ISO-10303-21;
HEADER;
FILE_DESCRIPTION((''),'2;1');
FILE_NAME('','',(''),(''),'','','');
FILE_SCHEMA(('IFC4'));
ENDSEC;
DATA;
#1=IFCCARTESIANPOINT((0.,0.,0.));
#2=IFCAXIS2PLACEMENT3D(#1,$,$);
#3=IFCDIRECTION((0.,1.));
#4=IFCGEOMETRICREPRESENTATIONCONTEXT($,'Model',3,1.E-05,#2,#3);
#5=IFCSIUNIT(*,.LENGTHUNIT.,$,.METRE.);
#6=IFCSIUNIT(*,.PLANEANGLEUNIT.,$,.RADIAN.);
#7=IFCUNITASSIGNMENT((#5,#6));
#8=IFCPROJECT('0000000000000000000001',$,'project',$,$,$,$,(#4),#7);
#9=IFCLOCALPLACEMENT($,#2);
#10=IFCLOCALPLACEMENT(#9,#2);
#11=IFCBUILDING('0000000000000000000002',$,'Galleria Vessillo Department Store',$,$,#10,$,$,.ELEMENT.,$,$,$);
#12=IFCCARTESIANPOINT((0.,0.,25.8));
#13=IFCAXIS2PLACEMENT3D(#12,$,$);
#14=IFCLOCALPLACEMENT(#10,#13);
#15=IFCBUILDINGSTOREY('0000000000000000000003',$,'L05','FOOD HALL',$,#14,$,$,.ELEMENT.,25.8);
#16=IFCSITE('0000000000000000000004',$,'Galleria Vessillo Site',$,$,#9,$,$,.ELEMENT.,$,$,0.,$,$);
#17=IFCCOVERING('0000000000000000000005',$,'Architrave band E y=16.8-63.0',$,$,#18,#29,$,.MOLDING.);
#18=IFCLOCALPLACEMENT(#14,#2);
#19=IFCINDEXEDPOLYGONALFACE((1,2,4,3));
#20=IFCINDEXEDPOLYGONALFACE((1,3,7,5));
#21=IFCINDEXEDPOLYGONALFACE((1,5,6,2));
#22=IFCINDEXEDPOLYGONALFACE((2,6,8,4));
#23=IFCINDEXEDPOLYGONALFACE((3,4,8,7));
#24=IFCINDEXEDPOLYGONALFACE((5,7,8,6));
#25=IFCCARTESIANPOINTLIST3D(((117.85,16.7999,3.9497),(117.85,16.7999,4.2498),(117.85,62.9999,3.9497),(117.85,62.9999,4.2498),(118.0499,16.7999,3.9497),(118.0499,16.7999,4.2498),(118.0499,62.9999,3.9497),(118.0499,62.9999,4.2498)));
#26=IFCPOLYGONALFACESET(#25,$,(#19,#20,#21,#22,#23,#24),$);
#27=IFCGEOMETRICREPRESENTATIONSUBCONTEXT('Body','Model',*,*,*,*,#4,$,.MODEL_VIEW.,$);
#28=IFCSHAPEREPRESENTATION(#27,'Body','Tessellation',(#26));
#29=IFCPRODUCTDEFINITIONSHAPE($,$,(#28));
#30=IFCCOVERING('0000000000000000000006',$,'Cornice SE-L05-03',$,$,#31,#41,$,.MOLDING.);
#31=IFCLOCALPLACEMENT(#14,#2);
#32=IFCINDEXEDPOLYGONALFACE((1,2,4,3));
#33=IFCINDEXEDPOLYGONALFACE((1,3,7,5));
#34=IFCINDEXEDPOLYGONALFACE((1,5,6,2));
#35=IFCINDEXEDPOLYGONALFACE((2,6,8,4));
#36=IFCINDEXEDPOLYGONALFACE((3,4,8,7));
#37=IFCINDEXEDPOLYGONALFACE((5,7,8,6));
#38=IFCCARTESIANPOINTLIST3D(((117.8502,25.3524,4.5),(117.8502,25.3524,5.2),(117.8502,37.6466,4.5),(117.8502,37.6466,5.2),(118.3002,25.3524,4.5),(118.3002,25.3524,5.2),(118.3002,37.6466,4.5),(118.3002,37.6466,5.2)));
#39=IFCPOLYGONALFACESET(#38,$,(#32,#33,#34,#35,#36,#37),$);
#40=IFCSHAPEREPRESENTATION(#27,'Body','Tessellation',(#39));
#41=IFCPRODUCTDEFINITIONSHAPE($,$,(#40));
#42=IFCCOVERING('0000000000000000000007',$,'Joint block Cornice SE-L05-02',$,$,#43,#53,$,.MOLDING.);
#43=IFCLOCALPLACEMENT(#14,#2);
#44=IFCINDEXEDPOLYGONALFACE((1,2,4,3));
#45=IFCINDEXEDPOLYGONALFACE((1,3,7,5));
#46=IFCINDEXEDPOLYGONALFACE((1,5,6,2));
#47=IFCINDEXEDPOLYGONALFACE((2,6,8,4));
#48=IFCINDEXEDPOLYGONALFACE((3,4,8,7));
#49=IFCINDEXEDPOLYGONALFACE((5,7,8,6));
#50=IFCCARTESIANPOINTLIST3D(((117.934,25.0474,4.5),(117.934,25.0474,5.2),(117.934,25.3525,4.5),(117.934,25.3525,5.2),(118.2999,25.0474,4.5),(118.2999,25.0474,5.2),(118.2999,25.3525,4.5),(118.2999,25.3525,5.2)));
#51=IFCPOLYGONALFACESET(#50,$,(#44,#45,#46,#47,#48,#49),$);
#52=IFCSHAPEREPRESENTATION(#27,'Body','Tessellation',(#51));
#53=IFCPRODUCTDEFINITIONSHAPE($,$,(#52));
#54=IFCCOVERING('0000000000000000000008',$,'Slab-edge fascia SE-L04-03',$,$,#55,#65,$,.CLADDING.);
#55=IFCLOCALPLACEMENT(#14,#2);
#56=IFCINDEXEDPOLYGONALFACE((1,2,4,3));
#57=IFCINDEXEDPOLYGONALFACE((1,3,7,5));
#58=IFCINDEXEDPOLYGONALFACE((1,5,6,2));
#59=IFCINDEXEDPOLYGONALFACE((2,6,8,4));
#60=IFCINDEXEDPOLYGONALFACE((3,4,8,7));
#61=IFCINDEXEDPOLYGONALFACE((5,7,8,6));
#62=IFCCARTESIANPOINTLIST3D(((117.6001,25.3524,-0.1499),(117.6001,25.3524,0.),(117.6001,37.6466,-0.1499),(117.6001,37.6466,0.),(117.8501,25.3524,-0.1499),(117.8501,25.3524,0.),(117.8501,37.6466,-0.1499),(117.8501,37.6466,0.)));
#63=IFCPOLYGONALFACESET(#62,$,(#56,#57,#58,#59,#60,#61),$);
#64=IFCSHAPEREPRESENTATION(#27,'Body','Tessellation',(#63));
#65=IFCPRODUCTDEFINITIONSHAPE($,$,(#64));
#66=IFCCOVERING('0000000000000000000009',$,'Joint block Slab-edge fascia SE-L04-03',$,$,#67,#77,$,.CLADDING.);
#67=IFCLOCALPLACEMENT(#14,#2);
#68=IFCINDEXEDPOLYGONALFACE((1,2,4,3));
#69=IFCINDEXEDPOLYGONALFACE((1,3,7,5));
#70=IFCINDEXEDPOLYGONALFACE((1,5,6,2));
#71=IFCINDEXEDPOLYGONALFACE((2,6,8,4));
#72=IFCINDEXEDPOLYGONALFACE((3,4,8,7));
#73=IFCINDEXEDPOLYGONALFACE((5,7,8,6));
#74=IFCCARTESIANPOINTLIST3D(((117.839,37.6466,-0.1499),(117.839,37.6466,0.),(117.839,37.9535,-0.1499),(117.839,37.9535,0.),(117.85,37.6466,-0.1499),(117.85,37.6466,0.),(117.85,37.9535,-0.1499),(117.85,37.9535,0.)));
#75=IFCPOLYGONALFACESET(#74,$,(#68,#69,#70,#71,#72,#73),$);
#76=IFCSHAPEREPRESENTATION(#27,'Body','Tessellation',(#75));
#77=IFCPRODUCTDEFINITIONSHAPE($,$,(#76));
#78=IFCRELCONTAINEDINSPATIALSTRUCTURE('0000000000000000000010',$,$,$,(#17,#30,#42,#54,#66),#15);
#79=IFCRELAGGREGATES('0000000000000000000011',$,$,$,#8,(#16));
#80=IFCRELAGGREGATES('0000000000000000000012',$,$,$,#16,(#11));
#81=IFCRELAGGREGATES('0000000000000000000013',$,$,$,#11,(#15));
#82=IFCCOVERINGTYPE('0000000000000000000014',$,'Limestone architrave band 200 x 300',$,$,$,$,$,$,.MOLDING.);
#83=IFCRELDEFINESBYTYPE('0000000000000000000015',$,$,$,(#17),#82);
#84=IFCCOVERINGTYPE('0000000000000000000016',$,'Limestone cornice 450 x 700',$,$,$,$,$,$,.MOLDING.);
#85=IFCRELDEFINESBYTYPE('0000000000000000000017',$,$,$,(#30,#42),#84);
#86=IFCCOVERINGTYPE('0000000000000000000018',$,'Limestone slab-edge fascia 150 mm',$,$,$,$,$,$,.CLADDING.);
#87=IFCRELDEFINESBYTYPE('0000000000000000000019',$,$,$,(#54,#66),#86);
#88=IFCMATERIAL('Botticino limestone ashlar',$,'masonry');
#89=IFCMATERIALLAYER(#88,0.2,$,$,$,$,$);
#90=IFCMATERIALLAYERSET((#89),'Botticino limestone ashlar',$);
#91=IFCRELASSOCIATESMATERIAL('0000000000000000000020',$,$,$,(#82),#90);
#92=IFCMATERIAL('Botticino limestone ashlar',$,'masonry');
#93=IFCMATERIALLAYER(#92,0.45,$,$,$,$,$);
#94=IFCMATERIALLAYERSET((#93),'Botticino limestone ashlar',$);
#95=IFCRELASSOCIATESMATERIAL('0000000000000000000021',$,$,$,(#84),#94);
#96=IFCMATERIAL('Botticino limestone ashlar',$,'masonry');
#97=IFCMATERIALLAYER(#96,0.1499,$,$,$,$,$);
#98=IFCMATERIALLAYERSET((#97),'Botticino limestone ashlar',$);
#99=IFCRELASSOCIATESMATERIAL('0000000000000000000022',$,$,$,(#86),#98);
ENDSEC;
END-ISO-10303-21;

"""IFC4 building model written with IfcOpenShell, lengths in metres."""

from ifc_helpers import new_model, si_unit, direction, frame, origin, origin_2d, place, context, subcontext, project, spatial, rectangle, extrude, material, layer, layer_set, type_object, element, save


model = new_model("IFC4")

# Units and contexts
model_context = context("Model", 3, precision=1e-05, world=origin(), true_north=direction((0.0, 1.0)))
body_context = subcontext(model_context, "Body", "Model", "MODEL_VIEW")
ifc_project = project(units=[si_unit("LENGTHUNIT", "METRE"), si_unit("PLANEANGLEUNIT", "RADIAN")], contexts=[model_context])

# Site, building, storey
site_placement = place(None, origin())
site = spatial("IfcSite", under=ifc_project, at=site_placement, Name="Galleria Vessillo Site", CompositionType="ELEMENT", RefElevation=0.0)
building_placement = place(site_placement, origin())
building = spatial("IfcBuilding", under=site, at=building_placement, Name="Galleria Vessillo Department Store", CompositionType="ELEMENT")
storey_placement = place(building_placement, frame((0.0, 0.0, 25.8)))
storey = spatial("IfcBuildingStorey", under=building, at=storey_placement, Name="L05", Description="FOOD HALL", CompositionType="ELEMENT", Elevation=25.8)

# Coverings
ifc_material_1 = material(Name="Botticino limestone ashlar", Category="masonry")
ifc_layer_1 = layer(ifc_material_1, 0.2)
ifc_layer_set_1 = layer_set([ifc_layer_1], Name="Botticino limestone ashlar")
covering_type_1 = type_object("IfcCoveringType", Name="Limestone architrave band 200 x 300", PredefinedType="MOLDING", material=ifc_layer_set_1)
covering_1_placement = place(storey_placement, frame((117.95, 39.8999, 3.9497), z_axis=(0.0, 0.0, 1.0), x_axis=(1.0, 0.0, 0.0)))
element("IfcCovering", 1, at=covering_1_placement, inside=storey, type_object=covering_type_1, Name="Architrave band E y=16.8-63.0", PredefinedType="MOLDING", context=body_context, shape_type="SweptSolid", body=[
    extrude(rectangle(XDim=0.2, YDim=46.2, at=origin_2d()), origin(), (0.0, 0.0, 1.0), 0.3),
])
ifc_material_2 = material(Name="Botticino limestone ashlar", Category="masonry")
ifc_layer_2 = layer(ifc_material_2, 0.45)
ifc_layer_set_2 = layer_set([ifc_layer_2], Name="Botticino limestone ashlar")
covering_type_2 = type_object("IfcCoveringType", Name="Limestone cornice 450 x 700", PredefinedType="MOLDING", material=ifc_layer_set_2)
covering_2_placement = place(storey_placement, frame((118.0752, 31.4995, 4.5), z_axis=(0.0, 0.0, 1.0), x_axis=(1.0, 0.0, 0.0)))
element("IfcCovering", 2, at=covering_2_placement, inside=storey, type_object=covering_type_2, Name="Cornice SE-L05-03", PredefinedType="MOLDING", context=body_context, shape_type="SweptSolid", body=[
    extrude(rectangle(XDim=0.45, YDim=12.2942, at=origin_2d()), origin(), (0.0, 0.0, 1.0), 0.7),
])
covering_3_placement = place(storey_placement, frame((118.1169, 25.2, 4.5), z_axis=(0.0, 0.0, 1.0), x_axis=(1.0, 0.0, 0.0)))
element("IfcCovering", 3, at=covering_3_placement, inside=storey, type_object=covering_type_2, Name="Joint block Cornice SE-L05-02", PredefinedType="MOLDING", context=body_context, shape_type="SweptSolid", body=[
    extrude(rectangle(XDim=0.366, YDim=0.3052, at=origin_2d()), origin(), (0.0, 0.0, 1.0), 0.7),
])
ifc_material_3 = material(Name="Botticino limestone ashlar", Category="masonry")
ifc_layer_3 = layer(ifc_material_3, 0.1499)
ifc_layer_set_3 = layer_set([ifc_layer_3], Name="Botticino limestone ashlar")
covering_type_3 = type_object("IfcCoveringType", Name="Limestone slab-edge fascia 150 mm", PredefinedType="CLADDING", material=ifc_layer_set_3)
covering_4_placement = place(storey_placement, frame((117.7251, 31.4995, -0.1499), z_axis=(0.0, 0.0, 1.0), x_axis=(1.0, 0.0, 0.0)))
element("IfcCovering", 4, at=covering_4_placement, inside=storey, type_object=covering_type_3, Name="Slab-edge fascia SE-L04-03", PredefinedType="CLADDING", context=body_context, shape_type="SweptSolid", body=[
    extrude(rectangle(XDim=0.25, YDim=12.2942, at=origin_2d()), origin(), (0.0, 0.0, 1.0), 0.1499),
])
covering_5_placement = place(storey_placement, frame((117.8445, 37.8, -0.1499), z_axis=(0.0, 0.0, 1.0), x_axis=(1.0, 0.0, 0.0)))
element("IfcCovering", 5, at=covering_5_placement, inside=storey, type_object=covering_type_3, Name="Joint block Slab-edge fascia SE-L04-03", PredefinedType="CLADDING", context=body_context, shape_type="SweptSolid", body=[
    extrude(rectangle(XDim=0.011, YDim=0.3069, at=origin_2d()), origin(), (0.0, 0.0, 1.0), 0.1499),
])

save(model, "model.ifc")
